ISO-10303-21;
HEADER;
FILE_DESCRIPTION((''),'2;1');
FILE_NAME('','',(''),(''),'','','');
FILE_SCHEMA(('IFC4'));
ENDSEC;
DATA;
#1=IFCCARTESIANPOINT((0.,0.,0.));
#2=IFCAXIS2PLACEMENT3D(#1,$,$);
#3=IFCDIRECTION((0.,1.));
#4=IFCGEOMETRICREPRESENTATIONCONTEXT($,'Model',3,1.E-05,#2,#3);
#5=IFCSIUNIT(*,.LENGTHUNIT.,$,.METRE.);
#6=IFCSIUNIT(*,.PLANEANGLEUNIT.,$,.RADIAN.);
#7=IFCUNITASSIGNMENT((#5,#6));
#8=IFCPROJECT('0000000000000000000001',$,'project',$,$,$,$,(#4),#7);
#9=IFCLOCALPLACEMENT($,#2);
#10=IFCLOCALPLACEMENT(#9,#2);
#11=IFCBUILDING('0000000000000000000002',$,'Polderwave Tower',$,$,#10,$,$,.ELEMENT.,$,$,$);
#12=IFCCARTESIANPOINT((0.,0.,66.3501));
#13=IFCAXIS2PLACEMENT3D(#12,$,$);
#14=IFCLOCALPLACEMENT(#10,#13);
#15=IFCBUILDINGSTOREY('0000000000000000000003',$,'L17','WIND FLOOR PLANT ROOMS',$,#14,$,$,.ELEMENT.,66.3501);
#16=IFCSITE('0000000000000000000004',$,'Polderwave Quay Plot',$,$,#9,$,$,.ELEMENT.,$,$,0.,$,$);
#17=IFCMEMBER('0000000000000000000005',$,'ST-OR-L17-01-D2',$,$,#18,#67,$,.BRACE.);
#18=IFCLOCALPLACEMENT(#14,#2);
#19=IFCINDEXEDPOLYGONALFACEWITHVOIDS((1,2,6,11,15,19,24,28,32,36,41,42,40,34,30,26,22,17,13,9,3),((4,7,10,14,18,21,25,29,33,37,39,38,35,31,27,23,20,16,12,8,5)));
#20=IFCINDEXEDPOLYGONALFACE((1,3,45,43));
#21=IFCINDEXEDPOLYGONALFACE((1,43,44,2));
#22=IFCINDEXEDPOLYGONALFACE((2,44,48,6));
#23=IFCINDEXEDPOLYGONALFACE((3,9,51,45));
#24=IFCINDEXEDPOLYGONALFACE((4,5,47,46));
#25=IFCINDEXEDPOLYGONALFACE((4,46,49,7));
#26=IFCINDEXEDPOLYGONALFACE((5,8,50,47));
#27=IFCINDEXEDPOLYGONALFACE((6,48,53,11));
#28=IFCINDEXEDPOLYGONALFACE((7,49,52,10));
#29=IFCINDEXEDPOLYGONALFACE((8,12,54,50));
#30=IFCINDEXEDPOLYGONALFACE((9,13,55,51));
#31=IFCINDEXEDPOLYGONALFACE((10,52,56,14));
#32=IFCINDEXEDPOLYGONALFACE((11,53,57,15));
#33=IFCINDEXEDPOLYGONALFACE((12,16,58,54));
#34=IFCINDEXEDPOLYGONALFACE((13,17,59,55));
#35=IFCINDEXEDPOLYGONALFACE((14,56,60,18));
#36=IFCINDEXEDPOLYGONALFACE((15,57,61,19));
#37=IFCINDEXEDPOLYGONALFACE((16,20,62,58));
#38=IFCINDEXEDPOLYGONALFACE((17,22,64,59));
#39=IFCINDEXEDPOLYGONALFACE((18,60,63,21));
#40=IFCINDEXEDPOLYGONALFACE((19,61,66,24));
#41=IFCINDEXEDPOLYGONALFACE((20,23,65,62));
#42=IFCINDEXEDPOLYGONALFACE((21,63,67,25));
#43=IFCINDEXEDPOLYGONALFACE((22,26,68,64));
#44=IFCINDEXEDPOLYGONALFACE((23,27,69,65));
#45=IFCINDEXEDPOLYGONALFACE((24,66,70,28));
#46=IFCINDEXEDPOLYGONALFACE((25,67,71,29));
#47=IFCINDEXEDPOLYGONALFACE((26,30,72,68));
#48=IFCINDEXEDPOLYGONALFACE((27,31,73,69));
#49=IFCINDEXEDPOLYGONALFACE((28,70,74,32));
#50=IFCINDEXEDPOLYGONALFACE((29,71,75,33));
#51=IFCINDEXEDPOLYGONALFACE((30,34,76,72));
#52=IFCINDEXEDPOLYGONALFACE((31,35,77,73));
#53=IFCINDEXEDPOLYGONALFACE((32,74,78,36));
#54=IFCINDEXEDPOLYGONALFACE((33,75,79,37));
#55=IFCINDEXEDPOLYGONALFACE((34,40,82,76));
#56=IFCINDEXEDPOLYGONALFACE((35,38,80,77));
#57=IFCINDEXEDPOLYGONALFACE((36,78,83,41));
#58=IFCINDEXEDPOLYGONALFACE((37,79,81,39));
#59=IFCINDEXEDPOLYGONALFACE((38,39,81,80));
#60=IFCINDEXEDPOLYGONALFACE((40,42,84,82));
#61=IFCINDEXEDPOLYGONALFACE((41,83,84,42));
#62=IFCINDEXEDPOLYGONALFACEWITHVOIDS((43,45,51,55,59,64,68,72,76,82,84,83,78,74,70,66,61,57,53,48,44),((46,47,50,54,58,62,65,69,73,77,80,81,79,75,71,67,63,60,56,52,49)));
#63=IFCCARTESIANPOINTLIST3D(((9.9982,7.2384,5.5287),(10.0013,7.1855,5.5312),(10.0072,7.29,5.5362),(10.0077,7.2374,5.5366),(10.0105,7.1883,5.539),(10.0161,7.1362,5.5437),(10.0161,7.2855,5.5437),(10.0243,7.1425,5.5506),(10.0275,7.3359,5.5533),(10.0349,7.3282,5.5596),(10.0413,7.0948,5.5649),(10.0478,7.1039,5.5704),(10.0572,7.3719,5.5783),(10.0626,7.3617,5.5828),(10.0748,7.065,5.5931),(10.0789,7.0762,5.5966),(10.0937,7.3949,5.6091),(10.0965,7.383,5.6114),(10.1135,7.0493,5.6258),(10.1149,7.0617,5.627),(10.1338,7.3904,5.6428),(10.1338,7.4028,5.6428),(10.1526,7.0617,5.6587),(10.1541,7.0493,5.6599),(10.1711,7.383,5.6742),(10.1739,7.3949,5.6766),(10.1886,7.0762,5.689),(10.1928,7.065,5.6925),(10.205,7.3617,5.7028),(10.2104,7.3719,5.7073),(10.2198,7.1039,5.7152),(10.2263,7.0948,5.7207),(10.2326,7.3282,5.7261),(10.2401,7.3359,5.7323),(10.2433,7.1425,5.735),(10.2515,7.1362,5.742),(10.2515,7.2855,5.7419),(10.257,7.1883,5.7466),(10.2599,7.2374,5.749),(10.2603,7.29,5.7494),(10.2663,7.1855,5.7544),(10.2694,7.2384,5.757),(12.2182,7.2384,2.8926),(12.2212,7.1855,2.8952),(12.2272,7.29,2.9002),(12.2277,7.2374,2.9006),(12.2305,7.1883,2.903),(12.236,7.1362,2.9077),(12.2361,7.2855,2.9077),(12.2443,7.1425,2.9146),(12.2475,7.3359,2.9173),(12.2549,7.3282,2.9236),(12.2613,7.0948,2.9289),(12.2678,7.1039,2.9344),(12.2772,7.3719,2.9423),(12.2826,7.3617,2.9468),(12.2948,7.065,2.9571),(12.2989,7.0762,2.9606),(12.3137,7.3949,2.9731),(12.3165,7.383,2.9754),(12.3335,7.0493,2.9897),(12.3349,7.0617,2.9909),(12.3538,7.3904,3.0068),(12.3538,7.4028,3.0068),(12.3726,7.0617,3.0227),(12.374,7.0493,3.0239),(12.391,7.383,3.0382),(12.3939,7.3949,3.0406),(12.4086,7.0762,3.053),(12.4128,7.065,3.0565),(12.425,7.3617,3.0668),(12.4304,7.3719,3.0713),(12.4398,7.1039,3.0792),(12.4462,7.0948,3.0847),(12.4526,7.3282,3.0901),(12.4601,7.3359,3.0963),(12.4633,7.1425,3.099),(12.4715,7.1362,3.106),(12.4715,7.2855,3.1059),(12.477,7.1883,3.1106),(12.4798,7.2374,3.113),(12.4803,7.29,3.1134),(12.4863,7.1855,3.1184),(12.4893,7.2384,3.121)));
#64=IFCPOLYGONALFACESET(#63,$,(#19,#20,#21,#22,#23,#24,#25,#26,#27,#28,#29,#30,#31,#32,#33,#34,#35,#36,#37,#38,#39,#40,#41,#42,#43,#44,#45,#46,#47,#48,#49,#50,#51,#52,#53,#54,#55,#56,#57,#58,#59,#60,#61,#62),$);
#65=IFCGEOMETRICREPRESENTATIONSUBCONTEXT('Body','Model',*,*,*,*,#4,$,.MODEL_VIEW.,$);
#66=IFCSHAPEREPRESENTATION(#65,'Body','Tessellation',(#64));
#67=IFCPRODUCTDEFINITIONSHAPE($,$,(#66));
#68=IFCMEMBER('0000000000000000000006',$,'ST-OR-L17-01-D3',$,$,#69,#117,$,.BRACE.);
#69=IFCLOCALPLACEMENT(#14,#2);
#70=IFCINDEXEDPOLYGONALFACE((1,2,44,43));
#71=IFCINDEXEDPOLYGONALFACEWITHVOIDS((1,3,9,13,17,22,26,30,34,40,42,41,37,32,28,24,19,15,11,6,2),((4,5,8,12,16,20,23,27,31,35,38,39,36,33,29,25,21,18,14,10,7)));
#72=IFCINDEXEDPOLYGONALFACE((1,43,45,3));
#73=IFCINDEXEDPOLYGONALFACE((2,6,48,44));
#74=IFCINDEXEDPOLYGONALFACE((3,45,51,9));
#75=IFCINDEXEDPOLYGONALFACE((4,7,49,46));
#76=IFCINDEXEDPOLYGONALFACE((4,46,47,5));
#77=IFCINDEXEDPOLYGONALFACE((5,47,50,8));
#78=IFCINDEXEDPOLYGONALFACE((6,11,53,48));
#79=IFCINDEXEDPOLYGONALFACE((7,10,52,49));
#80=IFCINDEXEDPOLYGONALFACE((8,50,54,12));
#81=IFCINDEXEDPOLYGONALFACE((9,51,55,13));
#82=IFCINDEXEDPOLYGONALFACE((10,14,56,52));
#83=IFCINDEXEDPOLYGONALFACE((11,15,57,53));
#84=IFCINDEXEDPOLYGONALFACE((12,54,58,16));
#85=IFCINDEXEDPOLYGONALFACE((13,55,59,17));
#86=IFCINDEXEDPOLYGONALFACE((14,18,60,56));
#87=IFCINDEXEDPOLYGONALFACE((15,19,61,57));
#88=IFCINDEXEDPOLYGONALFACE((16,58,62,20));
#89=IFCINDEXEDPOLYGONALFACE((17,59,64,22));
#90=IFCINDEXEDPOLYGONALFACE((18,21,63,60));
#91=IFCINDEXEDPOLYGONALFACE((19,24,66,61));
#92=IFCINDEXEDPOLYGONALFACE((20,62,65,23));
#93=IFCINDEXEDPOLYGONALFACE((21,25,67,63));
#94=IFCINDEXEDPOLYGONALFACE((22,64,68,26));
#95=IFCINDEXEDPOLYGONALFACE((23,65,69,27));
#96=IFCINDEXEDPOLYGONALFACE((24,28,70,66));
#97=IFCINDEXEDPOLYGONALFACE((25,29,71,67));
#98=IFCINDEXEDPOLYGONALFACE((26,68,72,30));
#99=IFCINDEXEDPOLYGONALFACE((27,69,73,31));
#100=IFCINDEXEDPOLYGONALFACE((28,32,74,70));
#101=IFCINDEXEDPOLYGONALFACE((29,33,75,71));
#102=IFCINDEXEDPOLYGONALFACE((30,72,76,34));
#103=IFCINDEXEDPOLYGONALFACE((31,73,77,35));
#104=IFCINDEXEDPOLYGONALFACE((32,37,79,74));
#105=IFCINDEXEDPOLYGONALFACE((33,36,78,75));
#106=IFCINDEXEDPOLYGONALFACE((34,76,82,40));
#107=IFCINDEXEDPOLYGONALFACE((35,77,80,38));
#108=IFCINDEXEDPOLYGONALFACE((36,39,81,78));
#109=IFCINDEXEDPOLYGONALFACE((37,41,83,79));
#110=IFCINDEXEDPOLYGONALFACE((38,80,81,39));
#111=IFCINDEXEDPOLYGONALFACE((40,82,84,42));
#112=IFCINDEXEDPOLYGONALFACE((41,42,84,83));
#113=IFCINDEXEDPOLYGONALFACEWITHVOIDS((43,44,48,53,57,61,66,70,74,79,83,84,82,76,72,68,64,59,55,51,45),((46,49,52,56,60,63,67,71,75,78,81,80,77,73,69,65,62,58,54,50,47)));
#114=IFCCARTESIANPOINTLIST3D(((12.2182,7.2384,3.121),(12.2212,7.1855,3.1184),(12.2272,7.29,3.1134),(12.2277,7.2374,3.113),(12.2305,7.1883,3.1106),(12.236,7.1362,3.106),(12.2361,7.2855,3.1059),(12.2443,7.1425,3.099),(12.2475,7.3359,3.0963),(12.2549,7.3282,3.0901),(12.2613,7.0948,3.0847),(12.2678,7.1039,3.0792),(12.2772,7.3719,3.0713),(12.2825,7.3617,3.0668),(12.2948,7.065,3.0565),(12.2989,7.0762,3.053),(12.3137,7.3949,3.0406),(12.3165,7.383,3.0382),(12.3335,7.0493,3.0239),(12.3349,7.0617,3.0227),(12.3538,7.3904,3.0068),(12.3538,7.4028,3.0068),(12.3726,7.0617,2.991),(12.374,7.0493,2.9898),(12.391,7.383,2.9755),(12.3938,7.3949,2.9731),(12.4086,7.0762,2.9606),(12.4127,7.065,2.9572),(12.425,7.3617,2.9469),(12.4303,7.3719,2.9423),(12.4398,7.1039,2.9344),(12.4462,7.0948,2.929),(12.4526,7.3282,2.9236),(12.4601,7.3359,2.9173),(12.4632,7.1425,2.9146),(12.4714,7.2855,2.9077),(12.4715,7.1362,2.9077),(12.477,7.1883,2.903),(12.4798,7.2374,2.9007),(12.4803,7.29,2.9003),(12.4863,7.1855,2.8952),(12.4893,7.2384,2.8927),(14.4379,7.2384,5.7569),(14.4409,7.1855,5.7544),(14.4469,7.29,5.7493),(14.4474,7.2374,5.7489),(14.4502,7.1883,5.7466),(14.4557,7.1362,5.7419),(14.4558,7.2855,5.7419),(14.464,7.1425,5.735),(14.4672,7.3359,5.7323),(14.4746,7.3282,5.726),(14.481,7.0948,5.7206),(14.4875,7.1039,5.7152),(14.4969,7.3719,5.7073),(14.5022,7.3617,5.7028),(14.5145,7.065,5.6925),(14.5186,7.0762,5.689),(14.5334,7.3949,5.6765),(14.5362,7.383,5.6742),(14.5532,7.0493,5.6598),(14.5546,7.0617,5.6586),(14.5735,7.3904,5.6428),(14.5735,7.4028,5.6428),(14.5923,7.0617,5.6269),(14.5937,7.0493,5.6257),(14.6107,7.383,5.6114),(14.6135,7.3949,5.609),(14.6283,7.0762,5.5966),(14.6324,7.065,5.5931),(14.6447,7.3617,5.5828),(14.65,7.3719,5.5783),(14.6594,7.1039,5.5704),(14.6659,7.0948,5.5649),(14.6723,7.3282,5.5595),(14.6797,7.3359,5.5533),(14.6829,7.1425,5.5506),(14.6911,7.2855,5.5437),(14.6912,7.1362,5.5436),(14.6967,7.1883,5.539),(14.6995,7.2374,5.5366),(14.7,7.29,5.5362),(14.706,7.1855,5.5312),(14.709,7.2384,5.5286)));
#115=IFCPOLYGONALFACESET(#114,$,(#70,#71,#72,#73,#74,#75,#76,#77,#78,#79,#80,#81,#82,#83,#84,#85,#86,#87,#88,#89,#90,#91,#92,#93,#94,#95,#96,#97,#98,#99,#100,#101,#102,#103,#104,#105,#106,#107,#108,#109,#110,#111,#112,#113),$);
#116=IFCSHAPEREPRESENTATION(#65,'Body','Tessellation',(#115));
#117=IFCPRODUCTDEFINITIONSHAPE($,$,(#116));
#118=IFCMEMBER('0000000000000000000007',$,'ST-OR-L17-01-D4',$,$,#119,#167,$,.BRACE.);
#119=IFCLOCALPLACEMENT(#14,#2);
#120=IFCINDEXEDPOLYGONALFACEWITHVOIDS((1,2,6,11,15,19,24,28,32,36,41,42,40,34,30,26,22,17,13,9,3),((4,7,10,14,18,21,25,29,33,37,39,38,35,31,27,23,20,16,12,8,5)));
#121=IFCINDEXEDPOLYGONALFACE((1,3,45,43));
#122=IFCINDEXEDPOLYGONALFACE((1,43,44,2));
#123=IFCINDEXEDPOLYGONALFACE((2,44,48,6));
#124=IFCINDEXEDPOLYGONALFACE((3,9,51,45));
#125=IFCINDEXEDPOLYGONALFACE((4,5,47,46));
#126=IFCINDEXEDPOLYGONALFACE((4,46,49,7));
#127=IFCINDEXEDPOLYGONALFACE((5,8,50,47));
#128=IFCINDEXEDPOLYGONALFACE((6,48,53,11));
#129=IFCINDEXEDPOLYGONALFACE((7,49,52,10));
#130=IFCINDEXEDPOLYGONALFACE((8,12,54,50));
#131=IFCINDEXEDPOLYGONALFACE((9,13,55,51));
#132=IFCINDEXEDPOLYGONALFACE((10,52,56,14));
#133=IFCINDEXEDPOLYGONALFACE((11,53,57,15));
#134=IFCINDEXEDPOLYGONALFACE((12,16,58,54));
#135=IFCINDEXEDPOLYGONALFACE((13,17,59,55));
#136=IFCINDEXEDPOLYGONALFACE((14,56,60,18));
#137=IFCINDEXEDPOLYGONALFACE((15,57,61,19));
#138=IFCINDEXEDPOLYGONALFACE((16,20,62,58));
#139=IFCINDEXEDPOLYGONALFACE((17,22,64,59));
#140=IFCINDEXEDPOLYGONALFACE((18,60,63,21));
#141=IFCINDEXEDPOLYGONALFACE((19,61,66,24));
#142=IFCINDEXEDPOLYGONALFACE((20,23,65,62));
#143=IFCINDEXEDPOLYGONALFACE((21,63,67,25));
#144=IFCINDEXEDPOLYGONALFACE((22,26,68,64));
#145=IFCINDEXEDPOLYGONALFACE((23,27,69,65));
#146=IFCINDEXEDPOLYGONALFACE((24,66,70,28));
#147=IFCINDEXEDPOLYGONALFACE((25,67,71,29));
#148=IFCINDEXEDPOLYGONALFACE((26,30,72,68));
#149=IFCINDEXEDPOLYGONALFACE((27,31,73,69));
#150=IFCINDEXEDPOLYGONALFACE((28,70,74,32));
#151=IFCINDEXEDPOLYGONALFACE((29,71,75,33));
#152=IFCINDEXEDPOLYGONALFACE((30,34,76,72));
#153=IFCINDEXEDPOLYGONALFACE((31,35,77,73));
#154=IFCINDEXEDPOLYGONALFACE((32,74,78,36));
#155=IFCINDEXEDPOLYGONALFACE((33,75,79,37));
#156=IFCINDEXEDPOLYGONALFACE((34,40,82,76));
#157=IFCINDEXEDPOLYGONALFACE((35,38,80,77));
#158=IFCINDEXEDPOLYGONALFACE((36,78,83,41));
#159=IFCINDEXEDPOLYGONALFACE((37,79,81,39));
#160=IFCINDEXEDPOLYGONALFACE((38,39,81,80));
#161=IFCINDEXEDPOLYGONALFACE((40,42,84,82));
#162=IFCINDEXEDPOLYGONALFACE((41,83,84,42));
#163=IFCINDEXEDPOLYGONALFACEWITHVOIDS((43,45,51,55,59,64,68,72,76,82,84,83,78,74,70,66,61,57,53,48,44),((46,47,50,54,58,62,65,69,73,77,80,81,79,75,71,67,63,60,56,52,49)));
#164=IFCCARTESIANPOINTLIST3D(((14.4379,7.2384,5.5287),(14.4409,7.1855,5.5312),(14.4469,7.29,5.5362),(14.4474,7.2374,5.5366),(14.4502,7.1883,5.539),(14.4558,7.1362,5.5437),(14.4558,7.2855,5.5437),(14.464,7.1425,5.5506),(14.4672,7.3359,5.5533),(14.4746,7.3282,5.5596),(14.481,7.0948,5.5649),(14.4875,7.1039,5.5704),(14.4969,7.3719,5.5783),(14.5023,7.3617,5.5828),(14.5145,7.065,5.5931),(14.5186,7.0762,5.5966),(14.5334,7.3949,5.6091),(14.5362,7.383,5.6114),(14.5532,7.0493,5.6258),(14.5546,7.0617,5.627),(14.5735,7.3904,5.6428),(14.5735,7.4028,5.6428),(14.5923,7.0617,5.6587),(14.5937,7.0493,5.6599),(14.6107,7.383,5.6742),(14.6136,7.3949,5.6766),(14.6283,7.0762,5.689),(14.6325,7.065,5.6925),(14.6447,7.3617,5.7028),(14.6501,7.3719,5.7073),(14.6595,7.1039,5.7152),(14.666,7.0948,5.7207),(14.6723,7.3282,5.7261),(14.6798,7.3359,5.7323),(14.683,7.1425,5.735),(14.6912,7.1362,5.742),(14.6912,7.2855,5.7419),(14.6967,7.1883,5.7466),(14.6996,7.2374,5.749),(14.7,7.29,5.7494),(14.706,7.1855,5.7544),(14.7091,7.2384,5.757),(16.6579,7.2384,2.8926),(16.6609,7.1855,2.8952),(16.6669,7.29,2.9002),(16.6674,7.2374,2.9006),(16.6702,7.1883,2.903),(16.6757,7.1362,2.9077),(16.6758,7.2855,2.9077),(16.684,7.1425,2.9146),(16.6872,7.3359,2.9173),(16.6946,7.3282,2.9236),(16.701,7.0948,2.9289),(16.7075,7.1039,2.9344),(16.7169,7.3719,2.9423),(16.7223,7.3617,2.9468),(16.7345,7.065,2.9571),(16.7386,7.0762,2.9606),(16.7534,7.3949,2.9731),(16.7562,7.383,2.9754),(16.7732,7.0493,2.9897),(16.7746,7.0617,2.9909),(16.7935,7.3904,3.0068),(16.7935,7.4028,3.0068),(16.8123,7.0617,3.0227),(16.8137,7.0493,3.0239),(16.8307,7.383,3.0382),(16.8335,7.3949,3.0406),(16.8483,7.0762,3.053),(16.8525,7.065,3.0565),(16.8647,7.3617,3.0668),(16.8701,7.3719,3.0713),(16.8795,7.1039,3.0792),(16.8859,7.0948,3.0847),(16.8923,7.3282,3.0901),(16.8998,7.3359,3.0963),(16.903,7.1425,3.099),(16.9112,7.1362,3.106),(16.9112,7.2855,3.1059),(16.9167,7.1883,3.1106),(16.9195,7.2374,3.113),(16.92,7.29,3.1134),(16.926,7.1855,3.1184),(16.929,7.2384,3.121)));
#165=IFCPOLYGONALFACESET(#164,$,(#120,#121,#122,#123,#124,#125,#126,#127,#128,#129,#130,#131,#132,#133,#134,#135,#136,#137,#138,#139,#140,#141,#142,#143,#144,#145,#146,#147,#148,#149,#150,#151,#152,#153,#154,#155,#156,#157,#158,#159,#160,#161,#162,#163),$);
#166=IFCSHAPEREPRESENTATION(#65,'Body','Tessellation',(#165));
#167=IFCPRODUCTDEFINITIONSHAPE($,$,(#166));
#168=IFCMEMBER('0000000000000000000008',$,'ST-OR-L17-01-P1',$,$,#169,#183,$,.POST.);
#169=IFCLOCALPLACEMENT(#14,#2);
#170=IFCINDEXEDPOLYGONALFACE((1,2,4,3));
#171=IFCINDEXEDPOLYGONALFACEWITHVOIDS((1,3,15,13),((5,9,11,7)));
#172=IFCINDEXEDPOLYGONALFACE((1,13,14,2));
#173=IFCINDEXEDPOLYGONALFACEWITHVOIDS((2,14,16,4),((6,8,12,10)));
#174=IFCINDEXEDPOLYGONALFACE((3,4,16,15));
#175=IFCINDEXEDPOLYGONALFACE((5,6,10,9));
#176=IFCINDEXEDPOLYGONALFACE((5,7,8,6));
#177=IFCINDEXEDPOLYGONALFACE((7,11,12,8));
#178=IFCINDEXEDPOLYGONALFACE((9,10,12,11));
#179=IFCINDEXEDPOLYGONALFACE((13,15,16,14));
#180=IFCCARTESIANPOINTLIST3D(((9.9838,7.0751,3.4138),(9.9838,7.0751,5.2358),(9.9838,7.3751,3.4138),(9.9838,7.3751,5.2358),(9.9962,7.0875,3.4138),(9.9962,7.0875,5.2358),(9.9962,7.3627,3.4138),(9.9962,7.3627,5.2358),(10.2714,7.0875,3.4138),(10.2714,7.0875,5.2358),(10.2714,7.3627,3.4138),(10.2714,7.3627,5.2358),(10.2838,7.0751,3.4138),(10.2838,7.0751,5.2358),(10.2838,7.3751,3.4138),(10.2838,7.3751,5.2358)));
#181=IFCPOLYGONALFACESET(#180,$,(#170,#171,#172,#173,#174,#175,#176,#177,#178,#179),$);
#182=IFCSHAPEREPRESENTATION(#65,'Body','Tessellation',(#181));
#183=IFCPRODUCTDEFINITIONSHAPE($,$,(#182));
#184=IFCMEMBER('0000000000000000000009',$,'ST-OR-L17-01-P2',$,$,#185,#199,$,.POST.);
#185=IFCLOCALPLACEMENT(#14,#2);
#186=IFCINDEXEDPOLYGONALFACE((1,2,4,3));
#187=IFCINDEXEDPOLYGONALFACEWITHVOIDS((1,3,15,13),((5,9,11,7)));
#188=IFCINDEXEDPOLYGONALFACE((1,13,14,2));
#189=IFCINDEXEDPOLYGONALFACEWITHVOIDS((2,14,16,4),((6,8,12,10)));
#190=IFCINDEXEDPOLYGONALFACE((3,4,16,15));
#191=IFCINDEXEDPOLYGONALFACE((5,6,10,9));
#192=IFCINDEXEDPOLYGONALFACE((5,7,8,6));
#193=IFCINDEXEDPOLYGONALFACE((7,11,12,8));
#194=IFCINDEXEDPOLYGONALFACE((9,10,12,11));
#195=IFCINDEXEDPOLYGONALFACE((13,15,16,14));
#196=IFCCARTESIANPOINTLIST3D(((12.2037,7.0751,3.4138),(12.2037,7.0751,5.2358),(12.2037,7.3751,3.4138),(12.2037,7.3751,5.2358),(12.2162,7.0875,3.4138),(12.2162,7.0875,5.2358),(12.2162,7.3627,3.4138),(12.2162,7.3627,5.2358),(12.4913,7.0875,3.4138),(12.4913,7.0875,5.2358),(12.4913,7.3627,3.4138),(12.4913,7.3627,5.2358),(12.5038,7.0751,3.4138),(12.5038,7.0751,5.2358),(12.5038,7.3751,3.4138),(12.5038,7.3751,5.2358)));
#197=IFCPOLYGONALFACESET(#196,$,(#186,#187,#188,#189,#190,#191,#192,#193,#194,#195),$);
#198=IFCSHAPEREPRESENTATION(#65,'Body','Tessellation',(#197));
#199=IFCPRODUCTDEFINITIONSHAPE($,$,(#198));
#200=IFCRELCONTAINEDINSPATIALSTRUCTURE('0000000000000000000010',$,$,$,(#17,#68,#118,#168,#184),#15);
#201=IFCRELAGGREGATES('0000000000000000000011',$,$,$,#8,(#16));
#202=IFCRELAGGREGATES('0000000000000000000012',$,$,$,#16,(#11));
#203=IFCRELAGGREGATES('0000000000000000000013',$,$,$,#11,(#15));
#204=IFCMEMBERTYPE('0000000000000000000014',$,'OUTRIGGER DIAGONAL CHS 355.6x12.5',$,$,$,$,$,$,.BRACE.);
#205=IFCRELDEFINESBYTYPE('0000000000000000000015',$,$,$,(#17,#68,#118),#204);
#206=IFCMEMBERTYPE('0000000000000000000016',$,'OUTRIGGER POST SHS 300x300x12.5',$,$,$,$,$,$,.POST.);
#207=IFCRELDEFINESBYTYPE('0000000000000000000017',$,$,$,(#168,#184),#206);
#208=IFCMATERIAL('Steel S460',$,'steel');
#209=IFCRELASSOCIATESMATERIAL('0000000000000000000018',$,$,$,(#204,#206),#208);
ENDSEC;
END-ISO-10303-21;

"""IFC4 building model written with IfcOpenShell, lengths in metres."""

from ifc_helpers import new_model, si_unit, direction, frame, origin, origin_2d, place, context, subcontext, project, spatial, hollow_rectangle, hollow_circle, extrude, material, material_profile, profile_set, type_object, element, save


model = new_model("IFC4")

# Units and contexts
model_context = context("Model", 3, precision=1e-05, world=origin(), true_north=direction((0.0, 1.0)))
body_context = subcontext(model_context, "Body", "Model", "MODEL_VIEW")
ifc_project = project(units=[si_unit("LENGTHUNIT", "METRE"), si_unit("PLANEANGLEUNIT", "RADIAN")], contexts=[model_context])

# Site, building, storey
site_placement = place(None, origin())
site = spatial("IfcSite", under=ifc_project, at=site_placement, Name="Polderwave Quay Plot", CompositionType="ELEMENT", RefElevation=0.0)
building_placement = place(site_placement, origin())
building = spatial("IfcBuilding", under=site, at=building_placement, Name="Polderwave Tower", CompositionType="ELEMENT")
storey_placement = place(building_placement, frame((0.0, 0.0, 66.3501)))
storey = spatial("IfcBuildingStorey", under=building, at=storey_placement, Name="L17", Description="WIND FLOOR PLANT ROOMS", CompositionType="ELEMENT", Elevation=66.3501)

# Members
ifc_material_1 = material(Name="Steel S460", Category="steel")
ifc_material_profile_1 = material_profile(ifc_material_1, hollow_circle(Radius=0.1777, WallThickness=0.0125, at=origin_2d()), Name="CHS 355.6x12.5")
ifc_profile_set_1 = profile_set([ifc_material_profile_1], Name="Steel S460")
member_type_1 = type_object("IfcMemberType", Name="OUTRIGGER DIAGONAL CHS 355.6x12.5", PredefinedType="BRACE", material=ifc_profile_set_1)
member_1_placement = place(storey_placement, frame((10.1338, 7.2251, 5.6428), z_axis=(0.644168, 0.0, -0.764884), x_axis=(0.0, 1.0, 0.0)))
element("IfcMember", 1, at=member_1_placement, inside=storey, type_object=member_type_1, Name="ST-OR-L17-01-D2", PredefinedType="BRACE", context=body_context, shape_type="SweptSolid", body=[
    extrude(hollow_circle(Radius=0.1777, WallThickness=0.0125, at=origin_2d()), origin(), (0.0, 0.0, 1.0), 3.4463),
])
member_2_placement = place(storey_placement, frame((12.3538, 7.2251, 3.0068), z_axis=(0.644127, 0.0, 0.764919), x_axis=(0.0, 1.0, 0.0)))
element("IfcMember", 2, at=member_2_placement, inside=storey, type_object=member_type_1, Name="ST-OR-L17-01-D3", PredefinedType="BRACE", context=body_context, shape_type="SweptSolid", body=[
    extrude(hollow_circle(Radius=0.1777, WallThickness=0.0125, at=origin_2d()), origin(), (0.0, 0.0, 1.0), 3.446),
])
member_3_placement = place(storey_placement, frame((14.5735, 7.2251, 5.6428), z_axis=(0.644168, 0.0, -0.764884), x_axis=(0.0, 1.0, 0.0)))
element("IfcMember", 3, at=member_3_placement, inside=storey, type_object=member_type_1, Name="ST-OR-L17-01-D4", PredefinedType="BRACE", context=body_context, shape_type="SweptSolid", body=[
    extrude(hollow_circle(Radius=0.1777, WallThickness=0.0125, at=origin_2d()), origin(), (0.0, 0.0, 1.0), 3.4463),
])
ifc_material_profile_2 = material_profile(ifc_material_1, hollow_rectangle(XDim=0.3, YDim=0.3, WallThickness=0.0125, at=origin_2d()), Name="SHS 300x300x12.5")
ifc_profile_set_2 = profile_set([ifc_material_profile_2], Name="Steel S460")
member_type_2 = type_object("IfcMemberType", Name="OUTRIGGER POST SHS 300x300x12.5", PredefinedType="POST", material=ifc_profile_set_2)
for number, where, z_axis, x_axis, name in (
    (4, (10.1338, 7.2251, 3.4138), (0.0, 0.0, 1.0), (1.0, 0.0, 0.0), "ST-OR-L17-01-P1"),
    (5, (12.3538, 7.2251, 3.4138), (0.0, 0.0, 1.0), (1.0, 0.0, 0.0), "ST-OR-L17-01-P2"),
):
    element("IfcMember", number, at=place(storey_placement, frame(where, z_axis=z_axis, x_axis=x_axis)), inside=storey, type_object=member_type_2, Name=name, PredefinedType="POST", context=body_context, shape_type="SweptSolid", body=[
        extrude(hollow_rectangle(XDim=0.3, YDim=0.3, WallThickness=0.0125, at=origin_2d()), origin(), (0.0, 0.0, 1.0), 1.822),
    ])

save(model, "model.ifc")
